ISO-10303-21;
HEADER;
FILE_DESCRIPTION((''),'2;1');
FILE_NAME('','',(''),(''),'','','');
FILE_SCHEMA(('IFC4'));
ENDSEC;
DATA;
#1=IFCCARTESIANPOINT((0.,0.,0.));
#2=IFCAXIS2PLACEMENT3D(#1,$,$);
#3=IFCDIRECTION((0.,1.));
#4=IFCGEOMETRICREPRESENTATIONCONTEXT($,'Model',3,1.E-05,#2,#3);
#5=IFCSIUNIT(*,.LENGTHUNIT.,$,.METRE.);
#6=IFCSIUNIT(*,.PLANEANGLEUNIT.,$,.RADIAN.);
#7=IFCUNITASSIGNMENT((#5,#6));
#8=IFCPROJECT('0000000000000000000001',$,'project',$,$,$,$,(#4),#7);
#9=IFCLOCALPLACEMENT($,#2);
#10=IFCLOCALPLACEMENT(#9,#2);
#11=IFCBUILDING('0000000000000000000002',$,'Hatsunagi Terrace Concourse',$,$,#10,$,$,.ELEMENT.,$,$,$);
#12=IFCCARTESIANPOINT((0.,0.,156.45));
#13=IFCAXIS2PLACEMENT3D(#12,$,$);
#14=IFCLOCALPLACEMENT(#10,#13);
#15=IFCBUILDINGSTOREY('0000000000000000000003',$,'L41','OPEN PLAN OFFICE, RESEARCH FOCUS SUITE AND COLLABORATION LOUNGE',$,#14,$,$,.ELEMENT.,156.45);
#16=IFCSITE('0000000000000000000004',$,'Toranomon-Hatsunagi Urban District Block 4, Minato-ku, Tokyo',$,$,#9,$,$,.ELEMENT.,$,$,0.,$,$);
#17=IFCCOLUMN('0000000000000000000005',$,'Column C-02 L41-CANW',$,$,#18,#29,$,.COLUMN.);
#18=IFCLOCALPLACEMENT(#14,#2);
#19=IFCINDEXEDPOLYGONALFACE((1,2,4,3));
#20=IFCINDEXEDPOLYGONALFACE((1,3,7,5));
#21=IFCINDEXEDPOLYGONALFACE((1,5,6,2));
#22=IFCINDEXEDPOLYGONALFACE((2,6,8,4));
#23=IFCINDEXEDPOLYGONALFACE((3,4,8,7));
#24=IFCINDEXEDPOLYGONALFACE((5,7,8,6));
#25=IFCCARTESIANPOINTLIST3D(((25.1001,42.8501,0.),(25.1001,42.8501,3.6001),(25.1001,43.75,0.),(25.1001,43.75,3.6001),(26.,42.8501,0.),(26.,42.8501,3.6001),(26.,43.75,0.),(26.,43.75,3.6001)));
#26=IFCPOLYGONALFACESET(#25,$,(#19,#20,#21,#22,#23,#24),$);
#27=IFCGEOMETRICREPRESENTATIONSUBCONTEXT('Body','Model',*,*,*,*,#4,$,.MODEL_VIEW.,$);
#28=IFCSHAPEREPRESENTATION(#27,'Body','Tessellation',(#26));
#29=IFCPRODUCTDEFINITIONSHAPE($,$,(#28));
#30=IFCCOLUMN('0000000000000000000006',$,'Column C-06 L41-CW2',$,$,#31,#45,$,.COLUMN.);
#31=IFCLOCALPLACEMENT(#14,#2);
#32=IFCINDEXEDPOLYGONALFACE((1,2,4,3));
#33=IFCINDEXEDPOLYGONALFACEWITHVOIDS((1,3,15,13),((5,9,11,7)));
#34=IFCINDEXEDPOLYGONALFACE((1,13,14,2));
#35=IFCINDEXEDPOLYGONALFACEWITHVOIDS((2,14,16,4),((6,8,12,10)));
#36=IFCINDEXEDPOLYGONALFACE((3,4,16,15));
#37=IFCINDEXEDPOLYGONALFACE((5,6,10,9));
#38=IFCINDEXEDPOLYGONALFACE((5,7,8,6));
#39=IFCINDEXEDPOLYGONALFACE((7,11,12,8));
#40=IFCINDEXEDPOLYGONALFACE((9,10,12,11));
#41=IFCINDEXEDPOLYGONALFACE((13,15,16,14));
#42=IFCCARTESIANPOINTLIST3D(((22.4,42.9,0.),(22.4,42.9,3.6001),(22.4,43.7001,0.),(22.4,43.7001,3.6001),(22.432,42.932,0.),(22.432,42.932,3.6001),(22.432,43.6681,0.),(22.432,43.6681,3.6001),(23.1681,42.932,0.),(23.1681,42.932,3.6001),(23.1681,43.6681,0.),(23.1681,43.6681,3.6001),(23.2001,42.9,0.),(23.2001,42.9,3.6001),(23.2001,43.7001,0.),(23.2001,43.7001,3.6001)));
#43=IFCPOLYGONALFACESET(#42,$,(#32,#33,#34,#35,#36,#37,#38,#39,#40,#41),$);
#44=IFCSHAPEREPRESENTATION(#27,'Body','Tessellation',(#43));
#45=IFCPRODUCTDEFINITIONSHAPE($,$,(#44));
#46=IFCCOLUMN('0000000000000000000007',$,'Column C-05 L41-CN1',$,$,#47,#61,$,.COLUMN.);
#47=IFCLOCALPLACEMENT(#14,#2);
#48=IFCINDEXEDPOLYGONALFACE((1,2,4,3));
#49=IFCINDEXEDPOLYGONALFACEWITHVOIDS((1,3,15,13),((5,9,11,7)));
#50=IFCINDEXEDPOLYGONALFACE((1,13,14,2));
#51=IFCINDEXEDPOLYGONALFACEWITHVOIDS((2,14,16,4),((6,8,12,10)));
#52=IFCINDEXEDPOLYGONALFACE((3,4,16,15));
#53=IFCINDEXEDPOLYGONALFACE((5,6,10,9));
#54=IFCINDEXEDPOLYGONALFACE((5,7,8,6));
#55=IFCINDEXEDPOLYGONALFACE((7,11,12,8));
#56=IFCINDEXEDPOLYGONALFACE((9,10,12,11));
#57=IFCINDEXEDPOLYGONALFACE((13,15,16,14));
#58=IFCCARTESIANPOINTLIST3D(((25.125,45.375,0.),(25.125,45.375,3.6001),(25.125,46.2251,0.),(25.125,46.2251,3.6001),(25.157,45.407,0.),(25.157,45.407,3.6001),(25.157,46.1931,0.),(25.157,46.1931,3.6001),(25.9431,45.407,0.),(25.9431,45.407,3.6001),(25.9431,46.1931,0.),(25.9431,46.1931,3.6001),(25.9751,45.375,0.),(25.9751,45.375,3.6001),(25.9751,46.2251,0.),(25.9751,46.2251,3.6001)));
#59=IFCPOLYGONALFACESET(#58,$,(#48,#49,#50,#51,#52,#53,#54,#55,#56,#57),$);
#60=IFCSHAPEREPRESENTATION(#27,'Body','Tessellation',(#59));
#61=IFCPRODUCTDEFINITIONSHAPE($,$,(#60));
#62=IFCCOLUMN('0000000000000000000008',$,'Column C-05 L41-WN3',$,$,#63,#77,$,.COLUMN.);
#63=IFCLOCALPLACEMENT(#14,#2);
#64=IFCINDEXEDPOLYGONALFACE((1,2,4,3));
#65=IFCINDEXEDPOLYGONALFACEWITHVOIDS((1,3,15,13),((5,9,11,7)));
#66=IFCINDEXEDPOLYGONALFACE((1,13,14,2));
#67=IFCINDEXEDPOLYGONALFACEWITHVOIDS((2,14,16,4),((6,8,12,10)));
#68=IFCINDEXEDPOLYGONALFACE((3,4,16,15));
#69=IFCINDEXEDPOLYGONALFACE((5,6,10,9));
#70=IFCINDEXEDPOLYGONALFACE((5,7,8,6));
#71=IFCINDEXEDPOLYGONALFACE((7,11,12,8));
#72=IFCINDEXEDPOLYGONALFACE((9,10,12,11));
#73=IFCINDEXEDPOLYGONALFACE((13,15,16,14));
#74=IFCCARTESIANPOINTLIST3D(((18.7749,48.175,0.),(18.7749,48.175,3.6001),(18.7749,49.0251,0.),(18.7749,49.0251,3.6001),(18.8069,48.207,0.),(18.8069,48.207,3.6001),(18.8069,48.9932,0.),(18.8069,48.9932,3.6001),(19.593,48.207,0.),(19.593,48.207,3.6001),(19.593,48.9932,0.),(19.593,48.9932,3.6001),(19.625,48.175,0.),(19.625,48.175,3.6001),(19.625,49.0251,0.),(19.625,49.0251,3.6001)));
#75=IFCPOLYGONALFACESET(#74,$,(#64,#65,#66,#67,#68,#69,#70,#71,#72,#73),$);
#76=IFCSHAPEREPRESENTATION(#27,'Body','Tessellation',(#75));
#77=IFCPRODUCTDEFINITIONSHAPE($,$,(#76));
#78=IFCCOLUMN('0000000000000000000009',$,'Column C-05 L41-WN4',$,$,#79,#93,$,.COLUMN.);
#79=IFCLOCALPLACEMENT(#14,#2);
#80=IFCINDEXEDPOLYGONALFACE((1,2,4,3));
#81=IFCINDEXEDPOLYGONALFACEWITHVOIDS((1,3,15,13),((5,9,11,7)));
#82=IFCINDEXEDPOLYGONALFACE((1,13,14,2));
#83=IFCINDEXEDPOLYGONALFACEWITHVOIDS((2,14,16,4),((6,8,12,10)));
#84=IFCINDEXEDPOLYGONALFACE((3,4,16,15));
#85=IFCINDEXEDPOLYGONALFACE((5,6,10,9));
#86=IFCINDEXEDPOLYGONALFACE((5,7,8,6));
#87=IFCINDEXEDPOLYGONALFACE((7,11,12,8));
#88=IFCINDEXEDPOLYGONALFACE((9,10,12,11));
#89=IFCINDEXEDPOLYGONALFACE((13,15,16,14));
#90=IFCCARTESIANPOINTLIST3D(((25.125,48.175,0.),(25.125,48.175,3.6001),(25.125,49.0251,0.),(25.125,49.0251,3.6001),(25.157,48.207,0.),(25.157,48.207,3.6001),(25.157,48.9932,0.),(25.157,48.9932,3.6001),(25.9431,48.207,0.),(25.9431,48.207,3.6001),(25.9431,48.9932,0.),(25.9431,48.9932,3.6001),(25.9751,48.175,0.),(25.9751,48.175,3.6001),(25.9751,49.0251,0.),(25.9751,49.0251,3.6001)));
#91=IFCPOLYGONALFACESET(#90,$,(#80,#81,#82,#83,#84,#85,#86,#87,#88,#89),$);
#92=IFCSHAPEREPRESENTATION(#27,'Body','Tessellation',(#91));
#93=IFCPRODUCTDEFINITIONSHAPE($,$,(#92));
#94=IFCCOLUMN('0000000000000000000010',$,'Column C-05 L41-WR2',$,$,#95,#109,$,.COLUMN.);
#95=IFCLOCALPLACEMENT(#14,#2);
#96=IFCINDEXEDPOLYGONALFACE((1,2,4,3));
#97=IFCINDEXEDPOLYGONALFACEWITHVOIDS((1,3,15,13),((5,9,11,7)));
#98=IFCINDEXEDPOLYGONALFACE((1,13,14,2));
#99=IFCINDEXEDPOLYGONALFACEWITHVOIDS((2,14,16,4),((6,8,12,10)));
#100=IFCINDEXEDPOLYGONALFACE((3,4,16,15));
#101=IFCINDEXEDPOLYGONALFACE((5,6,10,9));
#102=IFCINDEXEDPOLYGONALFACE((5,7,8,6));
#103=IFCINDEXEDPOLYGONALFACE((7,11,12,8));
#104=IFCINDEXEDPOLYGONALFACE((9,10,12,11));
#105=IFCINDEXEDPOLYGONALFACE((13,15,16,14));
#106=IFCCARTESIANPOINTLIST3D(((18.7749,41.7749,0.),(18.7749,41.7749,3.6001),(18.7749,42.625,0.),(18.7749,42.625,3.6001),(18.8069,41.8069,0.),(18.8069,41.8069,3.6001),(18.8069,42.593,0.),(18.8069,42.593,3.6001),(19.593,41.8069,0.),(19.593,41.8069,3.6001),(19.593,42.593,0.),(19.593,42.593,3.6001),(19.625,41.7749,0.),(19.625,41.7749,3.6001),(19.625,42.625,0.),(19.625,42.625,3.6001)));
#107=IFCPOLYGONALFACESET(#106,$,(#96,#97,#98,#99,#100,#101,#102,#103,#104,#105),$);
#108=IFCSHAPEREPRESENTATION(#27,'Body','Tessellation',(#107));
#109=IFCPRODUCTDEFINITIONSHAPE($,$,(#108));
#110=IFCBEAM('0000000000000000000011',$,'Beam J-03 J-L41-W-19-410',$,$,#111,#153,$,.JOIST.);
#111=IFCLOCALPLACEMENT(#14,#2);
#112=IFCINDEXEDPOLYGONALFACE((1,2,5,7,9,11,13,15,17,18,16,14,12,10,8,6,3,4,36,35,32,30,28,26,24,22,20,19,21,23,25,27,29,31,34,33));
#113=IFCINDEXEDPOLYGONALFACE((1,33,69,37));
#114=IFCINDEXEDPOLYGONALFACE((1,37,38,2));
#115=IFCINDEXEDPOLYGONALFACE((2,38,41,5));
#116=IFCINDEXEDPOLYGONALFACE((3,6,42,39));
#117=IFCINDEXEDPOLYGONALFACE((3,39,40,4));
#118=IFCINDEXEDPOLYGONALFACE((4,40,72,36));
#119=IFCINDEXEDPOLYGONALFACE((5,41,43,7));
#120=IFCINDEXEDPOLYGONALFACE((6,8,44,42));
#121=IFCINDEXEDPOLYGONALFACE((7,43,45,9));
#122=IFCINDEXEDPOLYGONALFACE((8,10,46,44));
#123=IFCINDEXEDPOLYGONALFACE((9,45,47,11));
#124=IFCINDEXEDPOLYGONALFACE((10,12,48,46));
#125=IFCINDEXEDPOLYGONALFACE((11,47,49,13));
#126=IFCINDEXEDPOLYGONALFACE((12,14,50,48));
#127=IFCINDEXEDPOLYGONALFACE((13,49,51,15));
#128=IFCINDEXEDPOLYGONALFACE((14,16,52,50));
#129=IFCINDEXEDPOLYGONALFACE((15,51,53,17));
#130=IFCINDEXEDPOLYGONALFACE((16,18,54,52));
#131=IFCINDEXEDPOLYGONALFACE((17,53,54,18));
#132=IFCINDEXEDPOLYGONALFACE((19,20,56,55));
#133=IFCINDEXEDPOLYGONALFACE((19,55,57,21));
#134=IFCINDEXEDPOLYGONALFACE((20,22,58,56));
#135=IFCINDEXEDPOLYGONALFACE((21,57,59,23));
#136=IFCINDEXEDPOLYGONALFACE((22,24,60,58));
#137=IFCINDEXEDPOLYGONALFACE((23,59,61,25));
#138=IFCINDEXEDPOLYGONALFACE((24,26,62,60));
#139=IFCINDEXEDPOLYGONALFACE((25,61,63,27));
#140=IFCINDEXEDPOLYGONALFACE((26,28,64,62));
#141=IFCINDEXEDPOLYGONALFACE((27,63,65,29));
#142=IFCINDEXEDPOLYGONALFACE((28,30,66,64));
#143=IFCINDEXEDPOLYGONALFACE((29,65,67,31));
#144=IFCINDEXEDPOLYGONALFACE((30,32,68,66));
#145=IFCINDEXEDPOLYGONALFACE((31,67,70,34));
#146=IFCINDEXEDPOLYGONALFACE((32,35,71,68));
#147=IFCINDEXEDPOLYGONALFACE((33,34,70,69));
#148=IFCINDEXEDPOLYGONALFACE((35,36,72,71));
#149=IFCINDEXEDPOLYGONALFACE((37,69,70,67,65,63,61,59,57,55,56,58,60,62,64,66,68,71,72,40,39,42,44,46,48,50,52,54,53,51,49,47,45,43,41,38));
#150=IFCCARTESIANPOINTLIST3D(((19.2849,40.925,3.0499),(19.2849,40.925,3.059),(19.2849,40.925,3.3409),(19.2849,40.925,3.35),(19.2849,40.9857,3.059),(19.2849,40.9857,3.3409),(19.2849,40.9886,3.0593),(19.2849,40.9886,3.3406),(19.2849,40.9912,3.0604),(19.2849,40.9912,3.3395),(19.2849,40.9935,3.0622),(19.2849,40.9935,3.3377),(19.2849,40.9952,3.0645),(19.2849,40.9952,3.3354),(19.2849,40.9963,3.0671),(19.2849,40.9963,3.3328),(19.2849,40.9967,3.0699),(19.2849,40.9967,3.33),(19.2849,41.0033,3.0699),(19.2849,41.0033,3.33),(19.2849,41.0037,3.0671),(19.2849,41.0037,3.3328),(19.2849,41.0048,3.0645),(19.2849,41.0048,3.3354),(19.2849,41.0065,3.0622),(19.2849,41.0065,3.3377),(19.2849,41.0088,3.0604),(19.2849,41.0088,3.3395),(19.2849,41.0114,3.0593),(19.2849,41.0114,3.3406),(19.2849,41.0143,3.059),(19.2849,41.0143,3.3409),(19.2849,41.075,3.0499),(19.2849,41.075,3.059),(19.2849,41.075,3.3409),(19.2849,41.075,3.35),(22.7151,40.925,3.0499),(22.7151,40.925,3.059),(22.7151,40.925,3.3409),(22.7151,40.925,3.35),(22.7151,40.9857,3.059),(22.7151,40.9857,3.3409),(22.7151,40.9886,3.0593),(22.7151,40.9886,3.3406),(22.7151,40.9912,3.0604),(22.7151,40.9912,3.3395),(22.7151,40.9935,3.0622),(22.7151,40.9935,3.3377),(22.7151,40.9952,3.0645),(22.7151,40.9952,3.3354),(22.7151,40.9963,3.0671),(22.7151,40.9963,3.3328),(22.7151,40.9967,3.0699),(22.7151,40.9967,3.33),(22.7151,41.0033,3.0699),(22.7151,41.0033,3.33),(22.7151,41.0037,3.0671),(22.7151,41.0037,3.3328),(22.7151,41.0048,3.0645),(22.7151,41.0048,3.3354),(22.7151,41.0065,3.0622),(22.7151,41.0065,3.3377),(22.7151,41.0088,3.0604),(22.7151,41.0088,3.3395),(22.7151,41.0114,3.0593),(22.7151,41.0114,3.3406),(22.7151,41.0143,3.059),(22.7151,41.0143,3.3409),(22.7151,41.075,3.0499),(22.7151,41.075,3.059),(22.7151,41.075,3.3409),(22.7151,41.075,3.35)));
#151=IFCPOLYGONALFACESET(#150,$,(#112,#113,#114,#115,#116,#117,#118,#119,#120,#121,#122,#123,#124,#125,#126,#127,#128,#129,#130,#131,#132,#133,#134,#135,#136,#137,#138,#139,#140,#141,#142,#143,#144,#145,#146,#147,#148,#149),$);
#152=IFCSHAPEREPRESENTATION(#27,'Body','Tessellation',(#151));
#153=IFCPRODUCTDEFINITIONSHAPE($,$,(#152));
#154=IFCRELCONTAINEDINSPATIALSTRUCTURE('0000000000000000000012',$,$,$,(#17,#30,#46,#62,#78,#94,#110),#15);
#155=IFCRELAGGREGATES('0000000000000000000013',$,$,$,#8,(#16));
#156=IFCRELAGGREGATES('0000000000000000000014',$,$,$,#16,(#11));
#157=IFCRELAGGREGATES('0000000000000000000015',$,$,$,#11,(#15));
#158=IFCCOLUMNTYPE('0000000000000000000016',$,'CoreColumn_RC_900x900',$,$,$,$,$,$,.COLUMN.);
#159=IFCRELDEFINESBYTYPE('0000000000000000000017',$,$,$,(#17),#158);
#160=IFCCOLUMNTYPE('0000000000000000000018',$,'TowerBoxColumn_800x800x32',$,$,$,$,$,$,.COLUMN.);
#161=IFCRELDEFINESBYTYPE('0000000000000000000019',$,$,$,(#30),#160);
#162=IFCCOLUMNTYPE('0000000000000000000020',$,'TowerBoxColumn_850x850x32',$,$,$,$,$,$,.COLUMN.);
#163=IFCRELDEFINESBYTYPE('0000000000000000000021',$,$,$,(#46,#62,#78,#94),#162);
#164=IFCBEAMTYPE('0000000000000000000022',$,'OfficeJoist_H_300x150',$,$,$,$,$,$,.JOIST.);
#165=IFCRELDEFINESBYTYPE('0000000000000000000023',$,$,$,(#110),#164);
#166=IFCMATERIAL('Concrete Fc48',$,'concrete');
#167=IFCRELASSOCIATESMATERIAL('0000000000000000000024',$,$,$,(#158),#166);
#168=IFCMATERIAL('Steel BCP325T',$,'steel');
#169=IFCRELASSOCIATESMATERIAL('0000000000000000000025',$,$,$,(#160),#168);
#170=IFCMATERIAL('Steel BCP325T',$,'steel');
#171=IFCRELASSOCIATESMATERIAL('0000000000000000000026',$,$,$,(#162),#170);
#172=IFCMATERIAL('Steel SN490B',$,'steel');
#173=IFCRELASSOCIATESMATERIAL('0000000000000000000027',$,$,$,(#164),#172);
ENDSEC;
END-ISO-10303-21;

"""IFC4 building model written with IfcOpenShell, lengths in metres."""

from ifc_helpers import new_model, si_unit, direction, frame, origin, origin_2d, place, context, subcontext, project, spatial, rectangle, hollow_rectangle, i_section, extrude, material, material_profile, profile_set, type_object, element, save


model = new_model("IFC4")

# Units and contexts
model_context = context("Model", 3, precision=1e-05, world=origin(), true_north=direction((0.0, 1.0)))
body_context = subcontext(model_context, "Body", "Model", "MODEL_VIEW")
ifc_project = project(units=[si_unit("LENGTHUNIT", "METRE"), si_unit("PLANEANGLEUNIT", "RADIAN")], contexts=[model_context])

# Site, building, storey
site_placement = place(None, origin())
site = spatial("IfcSite", under=ifc_project, at=site_placement, Name="Toranomon-Hatsunagi Urban District Block 4, Minato-ku, Tokyo", CompositionType="ELEMENT", RefElevation=0.0)
building_placement = place(site_placement, origin())
building = spatial("IfcBuilding", under=site, at=building_placement, Name="Hatsunagi Terrace Concourse", CompositionType="ELEMENT")
storey_placement = place(building_placement, frame((0.0, 0.0, 156.45)))
storey = spatial("IfcBuildingStorey", under=building, at=storey_placement, Name="L41", Description="OPEN PLAN OFFICE, RESEARCH FOCUS SUITE AND COLLABORATION LOUNGE", CompositionType="ELEMENT", Elevation=156.45)

# Columns
ifc_material_1 = material(Name="Concrete Fc48", Category="concrete")
ifc_material_profile_1 = material_profile(ifc_material_1, rectangle(XDim=0.8999, YDim=0.8999, at=origin_2d()), Name="RC-900x900")
ifc_profile_set_1 = profile_set([ifc_material_profile_1], Name="Concrete Fc48")
column_type_1 = type_object("IfcColumnType", Name="CoreColumn_RC_900x900", PredefinedType="COLUMN", material=ifc_profile_set_1)
column_1_placement = place(storey_placement, frame((25.55, 43.3, 0.0), z_axis=(0.0, 0.0, 1.0), x_axis=(1.0, 0.0, 0.0)))
element("IfcColumn", 1, at=column_1_placement, inside=storey, type_object=column_type_1, Name="Column C-02 L41-CANW", PredefinedType="COLUMN", context=body_context, shape_type="SweptSolid", body=[
    extrude(rectangle(XDim=0.8999, YDim=0.8999, at=origin_2d()), origin(), (0.0, 0.0, 1.0), 3.6001),
])
ifc_material_2 = material(Name="Steel BCP325T", Category="steel")
ifc_material_profile_2 = material_profile(ifc_material_2, hollow_rectangle(XDim=0.8, YDim=0.8, WallThickness=0.032, at=origin_2d()), Name="BCP-800x800x32")
ifc_profile_set_2 = profile_set([ifc_material_profile_2], Name="Steel BCP325T")
column_type_2 = type_object("IfcColumnType", Name="TowerBoxColumn_800x800x32", PredefinedType="COLUMN", material=ifc_profile_set_2)
column_2_placement = place(storey_placement, frame((22.8, 43.3, 0.0), z_axis=(0.0, 0.0, 1.0), x_axis=(1.0, 0.0, 0.0)))
element("IfcColumn", 2, at=column_2_placement, inside=storey, type_object=column_type_2, Name="Column C-06 L41-CW2", PredefinedType="COLUMN", context=body_context, shape_type="SweptSolid", body=[
    extrude(hollow_rectangle(XDim=0.8, YDim=0.8, WallThickness=0.032, at=origin_2d()), origin(), (0.0, 0.0, 1.0), 3.6001),
])
ifc_material_3 = material(Name="Steel BCP325T", Category="steel")
ifc_material_profile_3 = material_profile(ifc_material_3, hollow_rectangle(XDim=0.8501, YDim=0.8501, WallThickness=0.032, at=origin_2d()), Name="BCP-850x850x32")
ifc_profile_set_3 = profile_set([ifc_material_profile_3], Name="Steel BCP325T")
column_type_3 = type_object("IfcColumnType", Name="TowerBoxColumn_850x850x32", PredefinedType="COLUMN", material=ifc_profile_set_3)
for number, where, z_axis, x_axis, name in (
    (3, (25.55, 45.8, 0.0), (0.0, 0.0, 1.0), (1.0, 0.0, 0.0), "Column C-05 L41-CN1"),
    (4, (19.2, 48.6001, 0.0), (0.0, 0.0, 1.0), (1.0, 0.0, 0.0), "Column C-05 L41-WN3"),
    (5, (25.55, 48.6001, 0.0), (0.0, 0.0, 1.0), (1.0, 0.0, 0.0), "Column C-05 L41-WN4"),
    (6, (19.2, 42.2, 0.0), (0.0, 0.0, 1.0), (1.0, 0.0, 0.0), "Column C-05 L41-WR2"),
):
    element("IfcColumn", number, at=place(storey_placement, frame(where, z_axis=z_axis, x_axis=x_axis)), inside=storey, type_object=column_type_3, Name=name, PredefinedType="COLUMN", context=body_context, shape_type="SweptSolid", body=[
        extrude(hollow_rectangle(XDim=0.8501, YDim=0.8501, WallThickness=0.032, at=origin_2d()), origin(), (0.0, 0.0, 1.0), 3.6001),
    ])

# Beam
ifc_material_4 = material(Name="Steel SN490B", Category="steel")
ifc_material_profile_4 = material_profile(ifc_material_4, i_section(OverallWidth=0.1499, OverallDepth=0.3, WebThickness=0.0066, FlangeThickness=0.009, FilletRadius=0.011, at=origin_2d()), Name="H-300x150x6.5x9")
ifc_profile_set_4 = profile_set([ifc_material_profile_4], Name="Steel SN490B")
beam_type_1 = type_object("IfcBeamType", Name="OfficeJoist_H_300x150", PredefinedType="JOIST", material=ifc_profile_set_4)
beam_1_placement = place(storey_placement, frame((19.2849, 41.0, 3.2), z_axis=(1.0, 0.0, 0.0), x_axis=(0.0, 1.0, 0.0)))
element("IfcBeam", 7, at=beam_1_placement, inside=storey, type_object=beam_type_1, Name="Beam J-03 J-L41-W-19-410", PredefinedType="JOIST", context=body_context, shape_type="SweptSolid", body=[
    extrude(i_section(OverallWidth=0.1499, OverallDepth=0.3, WebThickness=0.0066, FlangeThickness=0.009, FilletRadius=0.011, at=origin_2d()), origin(), (0.0, 0.0, 1.0), 3.4302),
])

save(model, "model.ifc")
